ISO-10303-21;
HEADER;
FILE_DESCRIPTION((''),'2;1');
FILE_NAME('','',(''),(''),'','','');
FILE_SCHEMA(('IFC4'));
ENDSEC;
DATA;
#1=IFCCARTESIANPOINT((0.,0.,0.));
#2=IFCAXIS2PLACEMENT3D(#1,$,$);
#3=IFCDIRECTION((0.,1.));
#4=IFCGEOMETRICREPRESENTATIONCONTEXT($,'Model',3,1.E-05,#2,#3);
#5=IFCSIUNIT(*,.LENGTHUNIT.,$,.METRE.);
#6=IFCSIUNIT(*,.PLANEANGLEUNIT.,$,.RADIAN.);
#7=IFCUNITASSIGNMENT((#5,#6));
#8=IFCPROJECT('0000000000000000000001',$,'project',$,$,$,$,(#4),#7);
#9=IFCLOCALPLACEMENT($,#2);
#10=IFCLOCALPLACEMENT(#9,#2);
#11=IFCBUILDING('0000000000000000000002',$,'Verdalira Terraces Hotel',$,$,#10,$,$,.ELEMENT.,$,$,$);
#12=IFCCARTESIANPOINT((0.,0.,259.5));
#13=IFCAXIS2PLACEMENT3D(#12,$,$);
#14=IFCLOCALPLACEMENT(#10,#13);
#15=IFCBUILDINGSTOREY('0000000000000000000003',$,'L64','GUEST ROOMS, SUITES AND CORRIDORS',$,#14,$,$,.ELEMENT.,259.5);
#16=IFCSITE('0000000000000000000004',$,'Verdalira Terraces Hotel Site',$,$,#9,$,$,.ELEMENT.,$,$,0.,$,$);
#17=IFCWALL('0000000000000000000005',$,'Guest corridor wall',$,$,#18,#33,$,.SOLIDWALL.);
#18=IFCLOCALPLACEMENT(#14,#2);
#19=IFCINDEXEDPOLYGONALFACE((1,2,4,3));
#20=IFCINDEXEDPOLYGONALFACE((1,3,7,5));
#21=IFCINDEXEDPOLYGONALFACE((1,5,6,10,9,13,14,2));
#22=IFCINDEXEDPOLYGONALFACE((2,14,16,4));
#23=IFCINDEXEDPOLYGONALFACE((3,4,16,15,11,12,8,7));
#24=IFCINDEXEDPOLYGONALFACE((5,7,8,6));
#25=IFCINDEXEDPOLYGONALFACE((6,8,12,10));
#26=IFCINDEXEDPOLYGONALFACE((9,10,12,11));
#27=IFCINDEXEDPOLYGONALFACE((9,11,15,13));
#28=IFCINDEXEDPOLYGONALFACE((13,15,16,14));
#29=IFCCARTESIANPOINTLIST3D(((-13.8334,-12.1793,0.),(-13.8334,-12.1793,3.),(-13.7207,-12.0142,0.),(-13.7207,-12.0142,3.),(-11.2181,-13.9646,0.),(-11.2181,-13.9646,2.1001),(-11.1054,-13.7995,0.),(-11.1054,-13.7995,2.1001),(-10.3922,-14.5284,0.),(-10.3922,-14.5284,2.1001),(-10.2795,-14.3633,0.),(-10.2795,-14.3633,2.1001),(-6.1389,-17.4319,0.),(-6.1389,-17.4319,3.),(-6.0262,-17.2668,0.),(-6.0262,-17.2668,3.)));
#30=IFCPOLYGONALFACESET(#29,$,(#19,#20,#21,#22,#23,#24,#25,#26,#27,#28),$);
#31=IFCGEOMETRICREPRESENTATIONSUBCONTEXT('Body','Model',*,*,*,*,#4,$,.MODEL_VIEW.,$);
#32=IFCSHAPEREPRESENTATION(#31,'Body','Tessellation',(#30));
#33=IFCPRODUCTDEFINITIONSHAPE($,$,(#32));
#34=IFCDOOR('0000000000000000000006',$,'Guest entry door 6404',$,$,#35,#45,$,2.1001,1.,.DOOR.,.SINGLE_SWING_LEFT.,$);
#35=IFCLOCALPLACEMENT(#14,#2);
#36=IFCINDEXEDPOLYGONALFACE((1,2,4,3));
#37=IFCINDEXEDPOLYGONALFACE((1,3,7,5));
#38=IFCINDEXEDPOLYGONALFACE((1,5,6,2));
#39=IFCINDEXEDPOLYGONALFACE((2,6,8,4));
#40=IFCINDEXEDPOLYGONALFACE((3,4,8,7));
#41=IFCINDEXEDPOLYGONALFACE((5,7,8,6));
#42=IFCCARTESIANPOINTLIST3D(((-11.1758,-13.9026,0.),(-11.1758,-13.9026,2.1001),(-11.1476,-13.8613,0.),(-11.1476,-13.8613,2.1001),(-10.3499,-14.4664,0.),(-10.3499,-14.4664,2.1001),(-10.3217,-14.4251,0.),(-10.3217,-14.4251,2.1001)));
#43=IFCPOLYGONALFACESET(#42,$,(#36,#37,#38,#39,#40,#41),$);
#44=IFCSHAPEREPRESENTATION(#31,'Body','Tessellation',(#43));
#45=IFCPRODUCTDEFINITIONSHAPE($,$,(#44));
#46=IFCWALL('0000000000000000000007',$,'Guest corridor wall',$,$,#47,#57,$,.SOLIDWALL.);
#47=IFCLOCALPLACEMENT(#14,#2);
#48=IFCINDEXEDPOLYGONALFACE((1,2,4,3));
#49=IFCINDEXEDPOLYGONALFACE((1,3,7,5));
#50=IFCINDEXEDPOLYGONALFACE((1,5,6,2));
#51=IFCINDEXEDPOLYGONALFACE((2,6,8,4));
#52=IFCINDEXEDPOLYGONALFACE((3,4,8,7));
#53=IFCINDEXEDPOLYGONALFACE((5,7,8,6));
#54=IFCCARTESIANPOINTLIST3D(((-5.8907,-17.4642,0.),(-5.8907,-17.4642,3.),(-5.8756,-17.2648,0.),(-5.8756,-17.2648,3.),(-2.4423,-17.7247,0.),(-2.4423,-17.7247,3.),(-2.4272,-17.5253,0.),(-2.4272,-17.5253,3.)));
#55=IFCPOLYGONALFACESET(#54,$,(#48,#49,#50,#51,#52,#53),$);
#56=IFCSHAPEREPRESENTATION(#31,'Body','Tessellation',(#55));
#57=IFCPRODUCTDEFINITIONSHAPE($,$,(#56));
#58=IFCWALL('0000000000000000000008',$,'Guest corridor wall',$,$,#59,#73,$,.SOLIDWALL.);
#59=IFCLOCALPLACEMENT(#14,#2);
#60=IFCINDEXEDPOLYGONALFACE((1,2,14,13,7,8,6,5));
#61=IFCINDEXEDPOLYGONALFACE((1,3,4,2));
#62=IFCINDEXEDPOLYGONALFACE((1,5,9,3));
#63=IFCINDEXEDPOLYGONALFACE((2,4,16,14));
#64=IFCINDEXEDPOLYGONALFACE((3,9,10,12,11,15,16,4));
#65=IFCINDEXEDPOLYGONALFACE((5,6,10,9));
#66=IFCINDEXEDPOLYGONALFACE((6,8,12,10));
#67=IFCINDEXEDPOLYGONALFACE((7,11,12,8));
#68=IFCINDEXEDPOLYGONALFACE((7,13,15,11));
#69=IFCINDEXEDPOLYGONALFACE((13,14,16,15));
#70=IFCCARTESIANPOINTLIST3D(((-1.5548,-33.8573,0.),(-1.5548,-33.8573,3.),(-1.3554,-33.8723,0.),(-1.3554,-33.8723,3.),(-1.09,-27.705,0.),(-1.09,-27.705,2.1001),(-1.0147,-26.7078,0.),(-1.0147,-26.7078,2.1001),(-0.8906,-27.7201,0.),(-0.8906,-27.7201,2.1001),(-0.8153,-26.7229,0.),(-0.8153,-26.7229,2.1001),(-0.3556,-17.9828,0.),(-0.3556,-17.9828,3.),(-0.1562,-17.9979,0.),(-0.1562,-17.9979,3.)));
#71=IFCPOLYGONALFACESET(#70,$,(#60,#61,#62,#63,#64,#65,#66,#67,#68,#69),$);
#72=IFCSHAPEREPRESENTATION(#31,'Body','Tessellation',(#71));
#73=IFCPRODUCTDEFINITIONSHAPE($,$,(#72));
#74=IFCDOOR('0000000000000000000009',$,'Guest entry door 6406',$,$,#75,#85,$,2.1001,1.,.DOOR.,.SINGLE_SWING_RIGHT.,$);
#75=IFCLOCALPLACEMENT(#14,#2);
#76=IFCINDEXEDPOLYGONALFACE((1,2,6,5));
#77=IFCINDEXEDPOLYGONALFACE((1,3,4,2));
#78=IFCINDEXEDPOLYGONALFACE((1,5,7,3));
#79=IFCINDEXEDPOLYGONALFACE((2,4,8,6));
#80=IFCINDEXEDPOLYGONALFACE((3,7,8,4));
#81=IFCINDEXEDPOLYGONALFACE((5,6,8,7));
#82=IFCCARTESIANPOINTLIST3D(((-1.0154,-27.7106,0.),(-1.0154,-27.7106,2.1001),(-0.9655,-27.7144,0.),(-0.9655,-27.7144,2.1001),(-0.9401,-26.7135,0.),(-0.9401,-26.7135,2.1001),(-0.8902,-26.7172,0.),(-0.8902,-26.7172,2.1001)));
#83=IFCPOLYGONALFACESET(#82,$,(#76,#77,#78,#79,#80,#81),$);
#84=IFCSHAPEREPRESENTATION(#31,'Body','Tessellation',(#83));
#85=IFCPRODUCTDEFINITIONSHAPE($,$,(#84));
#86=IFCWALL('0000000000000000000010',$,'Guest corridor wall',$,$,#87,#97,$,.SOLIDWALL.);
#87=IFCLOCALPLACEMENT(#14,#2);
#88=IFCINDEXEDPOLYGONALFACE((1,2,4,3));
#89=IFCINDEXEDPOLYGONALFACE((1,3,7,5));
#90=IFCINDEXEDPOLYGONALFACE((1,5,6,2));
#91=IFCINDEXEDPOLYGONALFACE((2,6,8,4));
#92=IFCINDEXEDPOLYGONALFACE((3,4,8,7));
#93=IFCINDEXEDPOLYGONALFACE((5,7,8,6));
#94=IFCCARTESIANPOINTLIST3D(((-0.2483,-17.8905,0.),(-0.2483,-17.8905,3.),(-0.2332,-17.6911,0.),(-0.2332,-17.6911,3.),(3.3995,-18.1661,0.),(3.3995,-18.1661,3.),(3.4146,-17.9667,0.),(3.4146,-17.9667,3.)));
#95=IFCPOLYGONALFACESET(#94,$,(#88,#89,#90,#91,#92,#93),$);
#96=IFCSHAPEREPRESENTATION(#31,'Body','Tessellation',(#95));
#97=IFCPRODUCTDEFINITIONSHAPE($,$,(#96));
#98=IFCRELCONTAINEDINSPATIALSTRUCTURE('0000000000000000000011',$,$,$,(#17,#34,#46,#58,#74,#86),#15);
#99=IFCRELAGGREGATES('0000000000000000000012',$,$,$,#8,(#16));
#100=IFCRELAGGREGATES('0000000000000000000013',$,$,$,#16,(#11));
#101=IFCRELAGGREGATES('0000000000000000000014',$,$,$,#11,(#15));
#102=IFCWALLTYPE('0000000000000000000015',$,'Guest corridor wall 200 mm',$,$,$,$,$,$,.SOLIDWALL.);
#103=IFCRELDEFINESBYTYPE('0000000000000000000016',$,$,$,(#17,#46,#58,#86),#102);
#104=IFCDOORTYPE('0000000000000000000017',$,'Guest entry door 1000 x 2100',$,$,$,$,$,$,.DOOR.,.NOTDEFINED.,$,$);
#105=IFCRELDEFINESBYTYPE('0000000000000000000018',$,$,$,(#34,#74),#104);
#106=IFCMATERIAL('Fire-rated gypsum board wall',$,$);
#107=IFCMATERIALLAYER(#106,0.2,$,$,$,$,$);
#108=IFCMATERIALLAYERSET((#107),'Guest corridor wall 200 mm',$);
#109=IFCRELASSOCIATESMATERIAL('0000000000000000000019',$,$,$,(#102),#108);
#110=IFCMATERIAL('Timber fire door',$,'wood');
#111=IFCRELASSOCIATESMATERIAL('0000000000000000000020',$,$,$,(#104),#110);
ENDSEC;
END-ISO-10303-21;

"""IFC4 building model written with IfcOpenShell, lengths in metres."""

from ifc_helpers import new_model, si_unit, direction, frame, frame_2d, origin, place, context, subcontext, project, spatial, rectangle, extrude, material, layer, layer_set, type_object, element, fill, save


model = new_model("IFC4")

# Units and contexts
model_context = context("Model", 3, precision=1e-05, world=origin(), true_north=direction((0.0, 1.0)))
body_context = subcontext(model_context, "Body", "Model", "MODEL_VIEW")
ifc_project = project(units=[si_unit("LENGTHUNIT", "METRE"), si_unit("PLANEANGLEUNIT", "RADIAN")], contexts=[model_context])

# Site, building, storey
site_placement = place(None, origin())
site = spatial("IfcSite", under=ifc_project, at=site_placement, Name="Verdalira Terraces Hotel Site", CompositionType="ELEMENT", RefElevation=0.0)
building_placement = place(site_placement, origin())
building = spatial("IfcBuilding", under=site, at=building_placement, Name="Verdalira Terraces Hotel", CompositionType="ELEMENT")
storey_placement = place(building_placement, frame((0.0, 0.0, 259.5)))
storey = spatial("IfcBuildingStorey", under=building, at=storey_placement, Name="L64", Description="GUEST ROOMS, SUITES AND CORRIDORS", CompositionType="ELEMENT", Elevation=259.5)

# Wall, opening, door
ifc_material_1 = material(Name="Fire-rated gypsum board wall")
ifc_layer_1 = layer(ifc_material_1, 0.2)
ifc_layer_set_1 = layer_set([ifc_layer_1], Name="Guest corridor wall 200 mm")
wall_type_1 = type_object("IfcWallType", Name="Guest corridor wall 200 mm", PredefinedType="SOLIDWALL", material=ifc_layer_set_1)
wall_1_placement = place(storey_placement, frame((-6.0825, -17.3494, 0.0), z_axis=(0.0, 0.0, 1.0), x_axis=(-0.825908, 0.563804, 0.0)))
wall_1 = element("IfcWall", 1, at=wall_1_placement, inside=storey, type_object=wall_type_1, Name="Guest corridor wall", PredefinedType="SOLIDWALL", context=body_context, shape_type="SweptSolid", body=[
    extrude(rectangle(XDim=9.3164, YDim=0.2, at=frame_2d((4.6582, 0.0))), origin(), (0.0, 0.0, 1.0), 3.0),
])
opening_1_placement = place(wall_1_placement, frame((5.1499, 0.0, 0.0)))
opening_1 = element("IfcOpeningElement", 2, at=opening_1_placement, cuts=wall_1, PredefinedType="OPENING", context=body_context, shape_type="SweptSolid", body=[
    extrude(rectangle(XDim=1.0, YDim=2.1001, at=frame_2d((0.5, 1.05))), frame((0.0, 0.1099, 0.0), z_axis=(0.0, -1.0, 0.0), x_axis=(1.0, 0.0, 0.0)), (0.0, 0.0, 1.0), 0.22),
])
ifc_material_2 = material(Name="Timber fire door", Category="wood")
door_type_1 = type_object("IfcDoorType", Name="Guest entry door 1000 x 2100", OperationType="NOTDEFINED", PredefinedType="DOOR", material=ifc_material_2)
door_1_placement = place(opening_1_placement, origin())
door_1 = element("IfcDoor", 3, at=door_1_placement, inside=storey, type_object=door_type_1, Name="Guest entry door 6404", OperationType="SINGLE_SWING_LEFT", OverallHeight=2.1001, OverallWidth=1.0, PredefinedType="DOOR", context=body_context, shape_type="SweptSolid", body=[
    extrude(rectangle(XDim=1.0, YDim=2.1001, at=frame_2d((0.5, 1.05))), frame((0.0, 0.0249, 0.0), z_axis=(0.0, -1.0, 0.0), x_axis=(1.0, 0.0, 0.0)), (0.0, 0.0, 1.0), 0.05),
])
fill(opening_1, door_1)

# Wall
wall_2_placement = place(storey_placement, frame((-5.8831, -17.3645, 0.0), z_axis=(0.0, 0.0, 1.0), x_axis=(0.997159, -0.075325, 0.0)))
element("IfcWall", 4, at=wall_2_placement, inside=storey, type_object=wall_type_1, Name="Guest corridor wall", PredefinedType="SOLIDWALL", context=body_context, shape_type="SweptSolid", body=[
    extrude(rectangle(XDim=3.4583, YDim=0.2, at=frame_2d((1.729, 0.0))), origin(), (0.0, 0.0, 1.0), 3.0),
])

# Wall, opening, door
wall_3_placement = place(storey_placement, frame((-0.2559, -17.9902, 0.0), z_axis=(0.0, 0.0, 1.0), x_axis=(-0.075329, -0.997159, 0.0)))
wall_3 = element("IfcWall", 5, at=wall_3_placement, inside=storey, type_object=wall_type_1, Name="Guest corridor wall", PredefinedType="SOLIDWALL", context=body_context, shape_type="SweptSolid", body=[
    extrude(rectangle(XDim=15.9197, YDim=0.2, at=frame_2d((7.96, 0.0))), origin(), (0.0, 0.0, 1.0), 3.0),
])
opening_2_placement = place(wall_3_placement, frame((8.75, 0.0, 0.0)))
opening_2 = element("IfcOpeningElement", 6, at=opening_2_placement, cuts=wall_3, PredefinedType="OPENING", context=body_context, shape_type="SweptSolid", body=[
    extrude(rectangle(XDim=1.0, YDim=2.1001, at=frame_2d((0.5, 1.05))), frame((0.0, 0.1099, 0.0), z_axis=(0.0, -1.0, 0.0), x_axis=(1.0, 0.0, 0.0)), (0.0, 0.0, 1.0), 0.22),
])
door_2_placement = place(opening_2_placement, origin())
door_2 = element("IfcDoor", 7, at=door_2_placement, inside=storey, type_object=door_type_1, Name="Guest entry door 6406", OperationType="SINGLE_SWING_RIGHT", OverallHeight=2.1001, OverallWidth=1.0, PredefinedType="DOOR", context=body_context, shape_type="SweptSolid", body=[
    extrude(rectangle(XDim=1.0, YDim=2.1001, at=frame_2d((0.5, 1.05))), frame((0.0, 0.0249, 0.0), z_axis=(0.0, -1.0, 0.0), x_axis=(1.0, 0.0, 0.0)), (0.0, 0.0, 1.0), 0.05),
])
fill(opening_2, door_2)

# Wall
wall_4_placement = place(storey_placement, frame((-0.2407, -17.7908, 0.0), z_axis=(0.0, 0.0, 1.0), x_axis=(0.997157, -0.075349, 0.0)))
element("IfcWall", 8, at=wall_4_placement, inside=storey, type_object=wall_type_1, Name="Guest corridor wall", PredefinedType="SOLIDWALL", context=body_context, shape_type="SweptSolid", body=[
    extrude(rectangle(XDim=3.6582, YDim=0.2, at=frame_2d((1.8291, 0.0))), origin(), (0.0, 0.0, 1.0), 3.0),
])

save(model, "model.ifc")
